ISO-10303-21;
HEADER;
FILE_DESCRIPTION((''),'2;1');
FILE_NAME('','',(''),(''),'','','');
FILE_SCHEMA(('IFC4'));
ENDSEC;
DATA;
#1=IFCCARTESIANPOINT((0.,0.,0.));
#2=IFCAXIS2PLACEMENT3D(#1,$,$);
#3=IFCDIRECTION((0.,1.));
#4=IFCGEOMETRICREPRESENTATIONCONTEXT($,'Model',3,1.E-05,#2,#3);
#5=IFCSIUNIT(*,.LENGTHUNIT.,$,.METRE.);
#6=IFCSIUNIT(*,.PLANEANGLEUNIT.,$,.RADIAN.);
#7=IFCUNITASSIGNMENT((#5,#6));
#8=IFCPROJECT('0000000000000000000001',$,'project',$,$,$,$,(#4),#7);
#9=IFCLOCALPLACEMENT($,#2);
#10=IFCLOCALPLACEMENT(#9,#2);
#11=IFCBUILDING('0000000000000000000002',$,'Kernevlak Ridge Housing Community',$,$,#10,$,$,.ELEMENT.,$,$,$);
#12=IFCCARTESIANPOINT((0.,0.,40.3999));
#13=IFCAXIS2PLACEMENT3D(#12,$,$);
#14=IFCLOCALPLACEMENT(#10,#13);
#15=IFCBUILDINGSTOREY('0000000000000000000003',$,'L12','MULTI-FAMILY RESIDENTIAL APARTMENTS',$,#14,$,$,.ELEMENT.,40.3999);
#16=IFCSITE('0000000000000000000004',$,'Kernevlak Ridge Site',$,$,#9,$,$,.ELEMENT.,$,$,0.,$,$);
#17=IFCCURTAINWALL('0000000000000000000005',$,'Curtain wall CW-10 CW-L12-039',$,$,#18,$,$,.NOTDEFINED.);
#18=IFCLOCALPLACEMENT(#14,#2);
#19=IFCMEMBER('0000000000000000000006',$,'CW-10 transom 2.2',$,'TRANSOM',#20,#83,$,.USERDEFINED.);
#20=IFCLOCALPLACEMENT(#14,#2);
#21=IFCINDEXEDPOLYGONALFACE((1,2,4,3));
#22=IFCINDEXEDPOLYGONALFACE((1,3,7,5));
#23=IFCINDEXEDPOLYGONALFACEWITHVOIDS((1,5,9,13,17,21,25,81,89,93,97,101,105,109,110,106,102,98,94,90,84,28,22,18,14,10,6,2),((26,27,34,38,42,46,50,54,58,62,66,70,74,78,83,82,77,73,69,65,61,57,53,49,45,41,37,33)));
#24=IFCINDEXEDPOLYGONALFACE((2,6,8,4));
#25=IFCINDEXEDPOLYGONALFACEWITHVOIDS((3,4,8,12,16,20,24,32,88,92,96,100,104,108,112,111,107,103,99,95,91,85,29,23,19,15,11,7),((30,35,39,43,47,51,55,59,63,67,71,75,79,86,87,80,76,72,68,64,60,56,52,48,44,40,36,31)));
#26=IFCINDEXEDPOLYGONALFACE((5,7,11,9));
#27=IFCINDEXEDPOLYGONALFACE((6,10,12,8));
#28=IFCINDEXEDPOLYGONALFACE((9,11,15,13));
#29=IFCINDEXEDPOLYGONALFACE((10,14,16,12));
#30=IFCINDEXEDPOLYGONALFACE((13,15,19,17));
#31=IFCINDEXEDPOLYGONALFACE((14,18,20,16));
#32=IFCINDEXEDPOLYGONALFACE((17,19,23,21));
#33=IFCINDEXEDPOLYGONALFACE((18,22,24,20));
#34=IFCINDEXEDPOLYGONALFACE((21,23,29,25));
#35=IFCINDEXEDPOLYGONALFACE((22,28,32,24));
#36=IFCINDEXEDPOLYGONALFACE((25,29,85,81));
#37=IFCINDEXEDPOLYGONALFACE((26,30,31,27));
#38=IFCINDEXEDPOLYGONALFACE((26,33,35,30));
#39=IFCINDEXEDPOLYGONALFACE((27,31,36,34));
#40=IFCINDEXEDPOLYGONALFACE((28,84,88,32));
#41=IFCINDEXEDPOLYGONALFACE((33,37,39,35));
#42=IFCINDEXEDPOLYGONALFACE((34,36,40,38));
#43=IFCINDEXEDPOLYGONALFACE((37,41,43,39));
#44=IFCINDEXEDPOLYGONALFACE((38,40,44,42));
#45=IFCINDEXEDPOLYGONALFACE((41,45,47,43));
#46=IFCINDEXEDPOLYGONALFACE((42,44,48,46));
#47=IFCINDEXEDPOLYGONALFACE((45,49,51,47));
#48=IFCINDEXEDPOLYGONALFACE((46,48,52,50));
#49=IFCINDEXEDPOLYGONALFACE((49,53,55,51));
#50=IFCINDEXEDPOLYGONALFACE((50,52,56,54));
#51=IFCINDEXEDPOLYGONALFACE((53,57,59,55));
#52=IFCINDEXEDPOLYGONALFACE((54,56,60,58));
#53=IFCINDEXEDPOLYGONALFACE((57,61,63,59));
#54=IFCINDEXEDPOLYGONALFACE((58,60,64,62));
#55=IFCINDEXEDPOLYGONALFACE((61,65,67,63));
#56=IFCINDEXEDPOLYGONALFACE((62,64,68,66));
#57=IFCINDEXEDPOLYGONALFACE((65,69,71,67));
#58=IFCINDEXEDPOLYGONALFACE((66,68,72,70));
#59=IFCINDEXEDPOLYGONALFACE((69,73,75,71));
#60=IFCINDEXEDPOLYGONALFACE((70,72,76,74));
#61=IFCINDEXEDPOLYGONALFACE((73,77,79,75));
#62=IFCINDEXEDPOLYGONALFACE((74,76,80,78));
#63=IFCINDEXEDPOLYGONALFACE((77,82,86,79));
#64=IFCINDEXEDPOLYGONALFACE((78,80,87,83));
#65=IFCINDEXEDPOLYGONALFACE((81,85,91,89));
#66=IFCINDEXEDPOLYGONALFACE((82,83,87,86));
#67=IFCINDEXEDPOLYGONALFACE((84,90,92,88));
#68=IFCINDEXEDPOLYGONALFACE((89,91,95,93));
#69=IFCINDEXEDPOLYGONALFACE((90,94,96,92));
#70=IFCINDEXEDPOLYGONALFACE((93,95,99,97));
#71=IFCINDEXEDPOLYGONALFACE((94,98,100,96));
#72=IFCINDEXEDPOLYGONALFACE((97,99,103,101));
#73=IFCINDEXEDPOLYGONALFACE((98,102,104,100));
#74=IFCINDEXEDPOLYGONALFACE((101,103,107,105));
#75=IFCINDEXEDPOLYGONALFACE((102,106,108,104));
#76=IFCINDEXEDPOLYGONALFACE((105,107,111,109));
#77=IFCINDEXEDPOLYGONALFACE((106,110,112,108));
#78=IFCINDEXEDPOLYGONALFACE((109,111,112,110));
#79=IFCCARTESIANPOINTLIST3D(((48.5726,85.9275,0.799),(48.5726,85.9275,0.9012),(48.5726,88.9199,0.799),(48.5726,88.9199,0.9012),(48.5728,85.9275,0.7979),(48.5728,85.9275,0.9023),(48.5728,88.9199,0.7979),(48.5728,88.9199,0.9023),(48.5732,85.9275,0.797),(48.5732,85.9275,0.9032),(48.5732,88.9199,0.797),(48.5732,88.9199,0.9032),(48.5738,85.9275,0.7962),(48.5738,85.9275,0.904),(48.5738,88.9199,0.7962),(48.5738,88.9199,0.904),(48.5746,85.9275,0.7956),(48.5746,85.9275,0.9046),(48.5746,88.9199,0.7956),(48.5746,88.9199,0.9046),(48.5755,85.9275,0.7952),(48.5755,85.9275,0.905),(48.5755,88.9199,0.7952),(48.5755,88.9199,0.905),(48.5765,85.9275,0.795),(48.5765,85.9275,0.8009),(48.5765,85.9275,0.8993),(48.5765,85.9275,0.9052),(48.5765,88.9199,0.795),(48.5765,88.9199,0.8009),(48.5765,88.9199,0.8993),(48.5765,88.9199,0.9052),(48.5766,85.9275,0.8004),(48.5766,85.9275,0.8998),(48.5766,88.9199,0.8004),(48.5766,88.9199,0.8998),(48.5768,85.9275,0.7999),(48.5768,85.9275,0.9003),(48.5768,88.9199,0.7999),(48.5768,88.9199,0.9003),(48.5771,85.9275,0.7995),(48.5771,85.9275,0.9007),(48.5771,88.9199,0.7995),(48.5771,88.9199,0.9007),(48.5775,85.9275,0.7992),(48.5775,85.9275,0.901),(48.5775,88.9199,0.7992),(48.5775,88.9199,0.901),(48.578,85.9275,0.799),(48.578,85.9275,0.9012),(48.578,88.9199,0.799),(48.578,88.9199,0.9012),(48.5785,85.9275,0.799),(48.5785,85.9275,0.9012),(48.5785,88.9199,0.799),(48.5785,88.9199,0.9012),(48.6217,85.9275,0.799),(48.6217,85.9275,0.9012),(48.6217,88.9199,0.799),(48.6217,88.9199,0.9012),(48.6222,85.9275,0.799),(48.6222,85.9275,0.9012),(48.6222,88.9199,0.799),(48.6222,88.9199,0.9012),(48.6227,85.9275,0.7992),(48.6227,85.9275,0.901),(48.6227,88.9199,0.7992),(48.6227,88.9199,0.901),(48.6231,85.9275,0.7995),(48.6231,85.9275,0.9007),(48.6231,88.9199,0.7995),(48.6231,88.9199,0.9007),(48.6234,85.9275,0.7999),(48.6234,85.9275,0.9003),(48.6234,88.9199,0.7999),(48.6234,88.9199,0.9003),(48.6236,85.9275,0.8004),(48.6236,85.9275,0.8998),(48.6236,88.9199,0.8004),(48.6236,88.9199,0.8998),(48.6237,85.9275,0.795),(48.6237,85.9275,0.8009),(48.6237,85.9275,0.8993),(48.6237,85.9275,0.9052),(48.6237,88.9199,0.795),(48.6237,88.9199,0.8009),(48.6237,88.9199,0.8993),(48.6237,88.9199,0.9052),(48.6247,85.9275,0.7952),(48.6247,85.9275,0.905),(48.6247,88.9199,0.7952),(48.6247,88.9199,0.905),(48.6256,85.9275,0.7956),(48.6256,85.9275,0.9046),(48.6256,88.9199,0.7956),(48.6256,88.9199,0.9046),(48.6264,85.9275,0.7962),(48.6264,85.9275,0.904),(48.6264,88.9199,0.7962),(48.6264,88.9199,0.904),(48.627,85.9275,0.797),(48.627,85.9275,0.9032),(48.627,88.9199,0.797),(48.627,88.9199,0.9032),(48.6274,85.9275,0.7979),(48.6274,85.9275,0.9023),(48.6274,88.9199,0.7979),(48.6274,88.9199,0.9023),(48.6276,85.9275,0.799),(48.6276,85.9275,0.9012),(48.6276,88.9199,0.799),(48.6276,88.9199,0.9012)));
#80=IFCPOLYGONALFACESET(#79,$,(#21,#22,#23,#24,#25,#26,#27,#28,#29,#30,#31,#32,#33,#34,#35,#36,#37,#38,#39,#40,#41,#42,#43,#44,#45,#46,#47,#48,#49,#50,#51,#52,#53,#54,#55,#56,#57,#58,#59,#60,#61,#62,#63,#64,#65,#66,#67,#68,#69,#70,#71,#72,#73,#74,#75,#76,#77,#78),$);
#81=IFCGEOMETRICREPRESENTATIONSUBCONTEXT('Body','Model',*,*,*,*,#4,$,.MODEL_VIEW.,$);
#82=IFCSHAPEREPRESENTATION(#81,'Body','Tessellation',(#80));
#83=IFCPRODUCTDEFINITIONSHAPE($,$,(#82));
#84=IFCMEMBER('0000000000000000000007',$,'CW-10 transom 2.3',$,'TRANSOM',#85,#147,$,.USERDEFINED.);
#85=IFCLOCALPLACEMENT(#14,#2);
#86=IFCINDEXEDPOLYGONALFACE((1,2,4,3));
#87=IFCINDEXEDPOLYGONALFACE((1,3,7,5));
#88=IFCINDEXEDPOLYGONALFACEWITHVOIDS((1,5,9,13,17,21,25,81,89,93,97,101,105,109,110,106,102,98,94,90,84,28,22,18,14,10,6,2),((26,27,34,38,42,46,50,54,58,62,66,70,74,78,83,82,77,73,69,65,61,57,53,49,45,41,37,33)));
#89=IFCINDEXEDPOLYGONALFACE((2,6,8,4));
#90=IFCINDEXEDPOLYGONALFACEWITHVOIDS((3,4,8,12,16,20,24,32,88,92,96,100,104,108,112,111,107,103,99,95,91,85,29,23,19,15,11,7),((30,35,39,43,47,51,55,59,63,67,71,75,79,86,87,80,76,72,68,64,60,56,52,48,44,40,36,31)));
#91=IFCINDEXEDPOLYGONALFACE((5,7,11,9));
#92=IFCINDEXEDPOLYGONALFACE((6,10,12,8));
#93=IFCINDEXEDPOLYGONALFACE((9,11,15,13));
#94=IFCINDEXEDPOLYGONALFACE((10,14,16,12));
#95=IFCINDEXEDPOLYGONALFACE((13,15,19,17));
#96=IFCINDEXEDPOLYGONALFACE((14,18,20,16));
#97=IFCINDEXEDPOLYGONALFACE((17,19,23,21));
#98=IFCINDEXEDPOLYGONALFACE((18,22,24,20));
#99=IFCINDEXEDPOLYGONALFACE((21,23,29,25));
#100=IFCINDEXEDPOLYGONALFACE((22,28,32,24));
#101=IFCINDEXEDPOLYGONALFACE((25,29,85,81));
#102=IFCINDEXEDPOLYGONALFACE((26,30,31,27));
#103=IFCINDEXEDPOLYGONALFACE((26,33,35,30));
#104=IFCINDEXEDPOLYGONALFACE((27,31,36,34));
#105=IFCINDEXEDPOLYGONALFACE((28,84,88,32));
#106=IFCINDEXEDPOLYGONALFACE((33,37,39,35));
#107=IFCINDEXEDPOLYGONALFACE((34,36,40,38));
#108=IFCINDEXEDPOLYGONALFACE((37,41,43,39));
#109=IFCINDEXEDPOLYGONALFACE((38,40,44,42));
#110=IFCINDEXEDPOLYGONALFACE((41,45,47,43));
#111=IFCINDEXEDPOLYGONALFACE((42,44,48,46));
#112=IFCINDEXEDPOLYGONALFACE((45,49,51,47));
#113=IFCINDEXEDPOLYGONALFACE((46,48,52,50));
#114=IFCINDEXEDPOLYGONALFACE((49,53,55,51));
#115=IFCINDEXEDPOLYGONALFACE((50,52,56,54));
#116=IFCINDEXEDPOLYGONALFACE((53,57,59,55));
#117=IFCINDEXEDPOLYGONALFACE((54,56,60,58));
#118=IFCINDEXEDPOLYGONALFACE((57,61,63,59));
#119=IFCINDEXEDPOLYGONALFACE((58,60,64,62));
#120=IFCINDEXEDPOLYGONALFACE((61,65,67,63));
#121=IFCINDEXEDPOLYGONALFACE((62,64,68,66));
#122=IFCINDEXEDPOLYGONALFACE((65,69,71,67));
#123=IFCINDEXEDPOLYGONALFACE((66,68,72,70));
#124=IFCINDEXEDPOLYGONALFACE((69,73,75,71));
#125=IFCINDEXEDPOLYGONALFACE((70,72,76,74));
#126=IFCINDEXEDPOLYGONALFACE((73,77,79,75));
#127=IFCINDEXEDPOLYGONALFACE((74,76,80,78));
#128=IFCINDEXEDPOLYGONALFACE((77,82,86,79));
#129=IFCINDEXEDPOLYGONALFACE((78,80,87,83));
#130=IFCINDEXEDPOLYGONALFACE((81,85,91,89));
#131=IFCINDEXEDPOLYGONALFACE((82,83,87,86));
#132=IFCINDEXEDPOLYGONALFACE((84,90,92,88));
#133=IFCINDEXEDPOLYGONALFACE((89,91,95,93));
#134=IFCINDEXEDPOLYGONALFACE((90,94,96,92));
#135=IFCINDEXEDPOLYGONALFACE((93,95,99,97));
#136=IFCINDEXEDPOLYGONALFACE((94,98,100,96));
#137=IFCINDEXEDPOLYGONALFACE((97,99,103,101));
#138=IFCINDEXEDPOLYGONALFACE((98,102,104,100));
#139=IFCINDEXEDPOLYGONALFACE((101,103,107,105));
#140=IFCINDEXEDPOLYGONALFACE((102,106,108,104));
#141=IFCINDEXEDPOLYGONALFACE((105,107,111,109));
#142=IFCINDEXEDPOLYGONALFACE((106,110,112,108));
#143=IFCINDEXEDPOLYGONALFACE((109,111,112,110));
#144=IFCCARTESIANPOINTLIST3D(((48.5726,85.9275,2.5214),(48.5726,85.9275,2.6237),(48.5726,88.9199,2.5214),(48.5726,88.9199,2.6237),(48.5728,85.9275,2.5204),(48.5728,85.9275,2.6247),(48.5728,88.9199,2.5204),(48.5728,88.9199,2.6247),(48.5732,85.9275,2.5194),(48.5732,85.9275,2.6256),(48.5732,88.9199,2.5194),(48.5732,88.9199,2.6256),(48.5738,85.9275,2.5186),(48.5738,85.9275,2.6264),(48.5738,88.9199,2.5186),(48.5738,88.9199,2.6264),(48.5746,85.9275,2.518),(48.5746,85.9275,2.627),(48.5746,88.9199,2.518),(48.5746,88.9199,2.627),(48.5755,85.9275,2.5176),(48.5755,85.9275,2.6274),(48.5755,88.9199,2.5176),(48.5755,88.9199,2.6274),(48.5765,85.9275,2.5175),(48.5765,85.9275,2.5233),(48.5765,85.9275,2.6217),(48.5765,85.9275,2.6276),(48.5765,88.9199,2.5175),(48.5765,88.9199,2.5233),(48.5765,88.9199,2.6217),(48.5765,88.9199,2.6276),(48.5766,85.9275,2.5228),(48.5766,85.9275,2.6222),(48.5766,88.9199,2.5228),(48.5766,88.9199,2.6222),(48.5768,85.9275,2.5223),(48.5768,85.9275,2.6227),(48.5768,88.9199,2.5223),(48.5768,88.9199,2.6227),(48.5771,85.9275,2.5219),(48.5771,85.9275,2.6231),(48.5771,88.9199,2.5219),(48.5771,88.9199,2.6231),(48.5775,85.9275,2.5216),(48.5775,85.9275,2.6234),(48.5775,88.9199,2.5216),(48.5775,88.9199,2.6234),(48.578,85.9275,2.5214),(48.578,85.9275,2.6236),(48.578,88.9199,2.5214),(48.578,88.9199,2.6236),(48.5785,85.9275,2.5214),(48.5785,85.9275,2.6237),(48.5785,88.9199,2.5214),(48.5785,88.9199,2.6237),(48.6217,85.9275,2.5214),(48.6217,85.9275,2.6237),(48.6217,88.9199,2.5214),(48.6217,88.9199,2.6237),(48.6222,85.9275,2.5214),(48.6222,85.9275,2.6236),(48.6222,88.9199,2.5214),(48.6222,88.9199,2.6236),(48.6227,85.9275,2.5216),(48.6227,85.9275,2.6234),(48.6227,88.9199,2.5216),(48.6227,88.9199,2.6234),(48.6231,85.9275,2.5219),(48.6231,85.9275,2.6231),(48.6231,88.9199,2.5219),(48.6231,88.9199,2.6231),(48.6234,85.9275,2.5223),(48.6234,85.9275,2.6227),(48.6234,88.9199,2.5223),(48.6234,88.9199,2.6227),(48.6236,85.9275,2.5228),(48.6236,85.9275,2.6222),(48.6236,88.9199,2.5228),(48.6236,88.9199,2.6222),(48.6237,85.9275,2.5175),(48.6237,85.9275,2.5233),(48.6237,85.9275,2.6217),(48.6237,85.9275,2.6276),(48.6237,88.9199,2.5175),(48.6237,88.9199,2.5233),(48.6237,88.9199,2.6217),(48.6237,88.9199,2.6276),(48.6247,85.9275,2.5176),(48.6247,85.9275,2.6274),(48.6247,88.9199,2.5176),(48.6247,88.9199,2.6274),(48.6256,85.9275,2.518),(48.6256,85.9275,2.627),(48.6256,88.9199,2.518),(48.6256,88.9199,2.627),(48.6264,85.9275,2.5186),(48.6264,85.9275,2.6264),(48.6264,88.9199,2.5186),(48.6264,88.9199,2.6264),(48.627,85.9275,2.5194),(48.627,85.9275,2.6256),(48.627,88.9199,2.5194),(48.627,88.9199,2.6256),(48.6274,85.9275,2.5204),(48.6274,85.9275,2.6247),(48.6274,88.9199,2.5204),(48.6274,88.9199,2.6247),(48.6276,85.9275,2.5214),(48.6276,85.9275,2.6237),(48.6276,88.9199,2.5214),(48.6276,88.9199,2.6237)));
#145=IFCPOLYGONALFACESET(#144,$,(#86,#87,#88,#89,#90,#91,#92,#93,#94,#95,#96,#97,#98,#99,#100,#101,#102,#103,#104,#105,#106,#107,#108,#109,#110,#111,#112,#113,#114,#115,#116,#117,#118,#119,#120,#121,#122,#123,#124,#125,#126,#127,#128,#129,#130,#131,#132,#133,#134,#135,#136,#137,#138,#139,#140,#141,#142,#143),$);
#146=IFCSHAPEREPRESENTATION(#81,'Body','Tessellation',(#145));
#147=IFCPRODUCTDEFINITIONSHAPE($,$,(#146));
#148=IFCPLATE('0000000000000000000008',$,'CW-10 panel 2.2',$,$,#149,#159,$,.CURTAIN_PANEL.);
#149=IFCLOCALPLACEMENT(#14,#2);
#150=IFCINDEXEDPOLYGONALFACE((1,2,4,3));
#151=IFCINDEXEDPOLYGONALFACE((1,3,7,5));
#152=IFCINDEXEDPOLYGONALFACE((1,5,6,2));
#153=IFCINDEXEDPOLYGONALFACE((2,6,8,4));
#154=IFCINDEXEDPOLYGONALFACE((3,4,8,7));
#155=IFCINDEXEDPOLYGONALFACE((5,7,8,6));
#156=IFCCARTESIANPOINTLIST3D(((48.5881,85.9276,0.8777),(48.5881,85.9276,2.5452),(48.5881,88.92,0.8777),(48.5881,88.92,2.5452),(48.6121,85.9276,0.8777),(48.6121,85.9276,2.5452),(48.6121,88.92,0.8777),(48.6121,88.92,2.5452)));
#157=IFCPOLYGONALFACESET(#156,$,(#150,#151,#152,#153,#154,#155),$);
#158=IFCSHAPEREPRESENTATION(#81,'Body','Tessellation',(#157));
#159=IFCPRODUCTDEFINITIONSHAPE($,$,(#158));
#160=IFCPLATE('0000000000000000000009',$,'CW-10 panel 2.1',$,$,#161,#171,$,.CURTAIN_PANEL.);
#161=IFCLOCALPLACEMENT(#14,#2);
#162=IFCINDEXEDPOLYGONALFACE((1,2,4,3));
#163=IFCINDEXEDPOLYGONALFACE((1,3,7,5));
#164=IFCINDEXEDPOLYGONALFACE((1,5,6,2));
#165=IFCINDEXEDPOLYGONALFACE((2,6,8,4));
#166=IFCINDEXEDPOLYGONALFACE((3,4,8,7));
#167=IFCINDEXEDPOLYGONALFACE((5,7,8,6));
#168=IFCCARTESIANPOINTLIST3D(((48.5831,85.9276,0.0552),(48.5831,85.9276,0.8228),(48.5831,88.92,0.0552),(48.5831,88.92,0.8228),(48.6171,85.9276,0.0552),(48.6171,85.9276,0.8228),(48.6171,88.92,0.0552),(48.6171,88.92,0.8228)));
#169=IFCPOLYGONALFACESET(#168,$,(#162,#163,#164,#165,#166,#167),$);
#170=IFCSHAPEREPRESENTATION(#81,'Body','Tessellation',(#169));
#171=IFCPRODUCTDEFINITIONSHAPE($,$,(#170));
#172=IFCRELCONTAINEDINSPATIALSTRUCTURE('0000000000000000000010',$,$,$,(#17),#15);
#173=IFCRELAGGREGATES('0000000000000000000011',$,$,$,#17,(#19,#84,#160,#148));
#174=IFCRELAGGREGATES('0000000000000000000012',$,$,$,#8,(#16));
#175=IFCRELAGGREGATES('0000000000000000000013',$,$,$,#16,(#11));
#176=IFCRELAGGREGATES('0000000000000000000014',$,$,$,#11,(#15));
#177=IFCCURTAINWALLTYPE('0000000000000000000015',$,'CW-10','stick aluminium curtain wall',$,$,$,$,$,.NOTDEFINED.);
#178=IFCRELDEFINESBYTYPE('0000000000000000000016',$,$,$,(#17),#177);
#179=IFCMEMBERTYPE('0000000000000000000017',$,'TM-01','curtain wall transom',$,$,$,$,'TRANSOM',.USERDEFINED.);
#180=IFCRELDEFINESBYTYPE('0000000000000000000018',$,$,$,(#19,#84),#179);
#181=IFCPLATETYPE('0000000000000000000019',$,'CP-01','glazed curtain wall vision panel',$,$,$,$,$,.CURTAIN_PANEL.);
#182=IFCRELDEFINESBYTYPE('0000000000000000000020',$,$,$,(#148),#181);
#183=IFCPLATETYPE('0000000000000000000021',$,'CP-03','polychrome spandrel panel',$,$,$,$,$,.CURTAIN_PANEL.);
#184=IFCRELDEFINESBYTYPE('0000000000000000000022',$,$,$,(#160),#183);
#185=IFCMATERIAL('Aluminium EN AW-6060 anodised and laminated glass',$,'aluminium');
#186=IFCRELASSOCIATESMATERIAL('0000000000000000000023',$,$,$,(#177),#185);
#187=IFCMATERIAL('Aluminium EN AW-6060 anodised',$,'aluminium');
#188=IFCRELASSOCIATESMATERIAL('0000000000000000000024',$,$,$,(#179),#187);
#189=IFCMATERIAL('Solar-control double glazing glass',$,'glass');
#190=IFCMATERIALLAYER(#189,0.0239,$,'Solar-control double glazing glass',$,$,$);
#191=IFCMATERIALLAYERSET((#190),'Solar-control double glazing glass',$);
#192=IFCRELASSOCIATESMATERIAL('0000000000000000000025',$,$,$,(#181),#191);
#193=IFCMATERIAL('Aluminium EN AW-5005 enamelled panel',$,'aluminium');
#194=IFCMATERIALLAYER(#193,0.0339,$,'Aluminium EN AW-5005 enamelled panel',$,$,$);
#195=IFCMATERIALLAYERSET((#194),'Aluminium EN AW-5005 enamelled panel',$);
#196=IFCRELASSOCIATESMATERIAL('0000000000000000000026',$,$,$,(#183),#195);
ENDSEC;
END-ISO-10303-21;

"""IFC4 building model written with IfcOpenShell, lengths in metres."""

from ifc_helpers import new_model, si_unit, direction, frame, origin, origin_2d, place, context, subcontext, project, spatial, rectangle, hollow_rectangle, extrude, material, layer, layer_set, material_profile, profile_set, type_object, element, aggregate, save


model = new_model("IFC4")

# Units and contexts
model_context = context("Model", 3, precision=1e-05, world=origin(), true_north=direction((0.0, 1.0)))
body_context = subcontext(model_context, "Body", "Model", "MODEL_VIEW")
ifc_project = project(units=[si_unit("LENGTHUNIT", "METRE"), si_unit("PLANEANGLEUNIT", "RADIAN")], contexts=[model_context])

# Site, building, storey
site_placement = place(None, origin())
site = spatial("IfcSite", under=ifc_project, at=site_placement, Name="Kernevlak Ridge Site", CompositionType="ELEMENT", RefElevation=0.0)
building_placement = place(site_placement, origin())
building = spatial("IfcBuilding", under=site, at=building_placement, Name="Kernevlak Ridge Housing Community", CompositionType="ELEMENT")
storey_placement = place(building_placement, frame((0.0, 0.0, 40.3999)))
storey = spatial("IfcBuildingStorey", under=building, at=storey_placement, Name="L12", Description="MULTI-FAMILY RESIDENTIAL APARTMENTS", CompositionType="ELEMENT", Elevation=40.3999)

# Curtain wall
ifc_material_1 = material(Name="Aluminium EN AW-6060 anodised and laminated glass", Category="aluminium")
curtain_wall_type = type_object("IfcCurtainWallType", Name="CW-10", Description="stick aluminium curtain wall", PredefinedType="NOTDEFINED", material=ifc_material_1)
curtain_wall_placement = place(storey_placement, origin())
curtain_wall = element("IfcCurtainWall", 1, at=curtain_wall_placement, inside=storey, type_object=curtain_wall_type, Name="Curtain wall CW-10 CW-L12-039", PredefinedType="NOTDEFINED")
ifc_material_2 = material(Name="Aluminium EN AW-6060 anodised", Category="aluminium")

# Members
ifc_material_profile_1 = material_profile(ifc_material_2, hollow_rectangle(XDim=0.0549, YDim=0.1101, WallThickness=0.0039, InnerFilletRadius=0.002, OuterFilletRadius=0.0039, at=origin_2d()), Name="ALU 55x110x4")
ifc_profile_set_1 = profile_set([ifc_material_profile_1], Name="Aluminium EN AW-6060 anodised")
member_type_1 = type_object("IfcMemberType", Name="TM-01", Description="curtain wall transom", ElementType="TRANSOM", PredefinedType="USERDEFINED", material=ifc_profile_set_1)
member_1_placement = place(storey_placement, frame((48.6001, 85.9275, 0.8501), z_axis=(0.0, 1.0, 0.0), x_axis=(-1.0, 0.0, 0.0)))
member_1 = element("IfcMember", 2, at=member_1_placement, type_object=member_type_1, Name="CW-10 transom 2.2", ObjectType="TRANSOM", PredefinedType="USERDEFINED", context=body_context, shape_type="SweptSolid", body=[
    extrude(hollow_rectangle(XDim=0.0549, YDim=0.1101, WallThickness=0.0039, InnerFilletRadius=0.002, OuterFilletRadius=0.0039, at=origin_2d()), origin(), (0.0, 0.0, 1.0), 2.9924),
])
member_2_placement = place(storey_placement, frame((48.6001, 85.9275, 2.5725), z_axis=(0.0, 1.0, 0.0), x_axis=(-1.0, 0.0, 0.0)))
member_2 = element("IfcMember", 3, at=member_2_placement, type_object=member_type_1, Name="CW-10 transom 2.3", ObjectType="TRANSOM", PredefinedType="USERDEFINED", context=body_context, shape_type="SweptSolid", body=[
    extrude(hollow_rectangle(XDim=0.0549, YDim=0.1101, WallThickness=0.0039, InnerFilletRadius=0.002, OuterFilletRadius=0.0039, at=origin_2d()), origin(), (0.0, 0.0, 1.0), 2.9924),
])

# Plates
ifc_material_3 = material(Name="Solar-control double glazing glass", Category="glass")
ifc_layer_1 = layer(ifc_material_3, 0.0239, Name="Solar-control double glazing glass")
ifc_layer_set_1 = layer_set([ifc_layer_1], Name="Solar-control double glazing glass")
plate_type_1 = type_object("IfcPlateType", Name="CP-01", Description="glazed curtain wall vision panel", PredefinedType="CURTAIN_PANEL", material=ifc_layer_set_1)
plate_1_placement = place(storey_placement, frame((48.6001, 87.4238, 0.8777), z_axis=(0.0, 0.0, 1.0), x_axis=(0.0, 1.0, 0.0)))
plate_1 = element("IfcPlate", 4, at=plate_1_placement, type_object=plate_type_1, Name="CW-10 panel 2.2", PredefinedType="CURTAIN_PANEL", context=body_context, shape_type="SweptSolid", body=[
    extrude(rectangle(XDim=2.9924, YDim=0.0239, at=origin_2d()), origin(), (0.0, 0.0, 1.0), 1.6675),
])
ifc_material_4 = material(Name="Aluminium EN AW-5005 enamelled panel", Category="aluminium")
ifc_layer_2 = layer(ifc_material_4, 0.0339, Name="Aluminium EN AW-5005 enamelled panel")
ifc_layer_set_2 = layer_set([ifc_layer_2], Name="Aluminium EN AW-5005 enamelled panel")
plate_type_2 = type_object("IfcPlateType", Name="CP-03", Description="polychrome spandrel panel", PredefinedType="CURTAIN_PANEL", material=ifc_layer_set_2)
plate_2_placement = place(storey_placement, frame((48.6001, 87.4238, 0.0552), z_axis=(0.0, 0.0, 1.0), x_axis=(0.0, 1.0, 0.0)))
plate_2 = element("IfcPlate", 5, at=plate_2_placement, type_object=plate_type_2, Name="CW-10 panel 2.1", PredefinedType="CURTAIN_PANEL", context=body_context, shape_type="SweptSolid", body=[
    extrude(rectangle(XDim=2.9924, YDim=0.0339, at=origin_2d()), origin(), (0.0, 0.0, 1.0), 0.7676),
])
aggregate(curtain_wall, [member_1, member_2, plate_2, plate_1])

save(model, "model.ifc")
